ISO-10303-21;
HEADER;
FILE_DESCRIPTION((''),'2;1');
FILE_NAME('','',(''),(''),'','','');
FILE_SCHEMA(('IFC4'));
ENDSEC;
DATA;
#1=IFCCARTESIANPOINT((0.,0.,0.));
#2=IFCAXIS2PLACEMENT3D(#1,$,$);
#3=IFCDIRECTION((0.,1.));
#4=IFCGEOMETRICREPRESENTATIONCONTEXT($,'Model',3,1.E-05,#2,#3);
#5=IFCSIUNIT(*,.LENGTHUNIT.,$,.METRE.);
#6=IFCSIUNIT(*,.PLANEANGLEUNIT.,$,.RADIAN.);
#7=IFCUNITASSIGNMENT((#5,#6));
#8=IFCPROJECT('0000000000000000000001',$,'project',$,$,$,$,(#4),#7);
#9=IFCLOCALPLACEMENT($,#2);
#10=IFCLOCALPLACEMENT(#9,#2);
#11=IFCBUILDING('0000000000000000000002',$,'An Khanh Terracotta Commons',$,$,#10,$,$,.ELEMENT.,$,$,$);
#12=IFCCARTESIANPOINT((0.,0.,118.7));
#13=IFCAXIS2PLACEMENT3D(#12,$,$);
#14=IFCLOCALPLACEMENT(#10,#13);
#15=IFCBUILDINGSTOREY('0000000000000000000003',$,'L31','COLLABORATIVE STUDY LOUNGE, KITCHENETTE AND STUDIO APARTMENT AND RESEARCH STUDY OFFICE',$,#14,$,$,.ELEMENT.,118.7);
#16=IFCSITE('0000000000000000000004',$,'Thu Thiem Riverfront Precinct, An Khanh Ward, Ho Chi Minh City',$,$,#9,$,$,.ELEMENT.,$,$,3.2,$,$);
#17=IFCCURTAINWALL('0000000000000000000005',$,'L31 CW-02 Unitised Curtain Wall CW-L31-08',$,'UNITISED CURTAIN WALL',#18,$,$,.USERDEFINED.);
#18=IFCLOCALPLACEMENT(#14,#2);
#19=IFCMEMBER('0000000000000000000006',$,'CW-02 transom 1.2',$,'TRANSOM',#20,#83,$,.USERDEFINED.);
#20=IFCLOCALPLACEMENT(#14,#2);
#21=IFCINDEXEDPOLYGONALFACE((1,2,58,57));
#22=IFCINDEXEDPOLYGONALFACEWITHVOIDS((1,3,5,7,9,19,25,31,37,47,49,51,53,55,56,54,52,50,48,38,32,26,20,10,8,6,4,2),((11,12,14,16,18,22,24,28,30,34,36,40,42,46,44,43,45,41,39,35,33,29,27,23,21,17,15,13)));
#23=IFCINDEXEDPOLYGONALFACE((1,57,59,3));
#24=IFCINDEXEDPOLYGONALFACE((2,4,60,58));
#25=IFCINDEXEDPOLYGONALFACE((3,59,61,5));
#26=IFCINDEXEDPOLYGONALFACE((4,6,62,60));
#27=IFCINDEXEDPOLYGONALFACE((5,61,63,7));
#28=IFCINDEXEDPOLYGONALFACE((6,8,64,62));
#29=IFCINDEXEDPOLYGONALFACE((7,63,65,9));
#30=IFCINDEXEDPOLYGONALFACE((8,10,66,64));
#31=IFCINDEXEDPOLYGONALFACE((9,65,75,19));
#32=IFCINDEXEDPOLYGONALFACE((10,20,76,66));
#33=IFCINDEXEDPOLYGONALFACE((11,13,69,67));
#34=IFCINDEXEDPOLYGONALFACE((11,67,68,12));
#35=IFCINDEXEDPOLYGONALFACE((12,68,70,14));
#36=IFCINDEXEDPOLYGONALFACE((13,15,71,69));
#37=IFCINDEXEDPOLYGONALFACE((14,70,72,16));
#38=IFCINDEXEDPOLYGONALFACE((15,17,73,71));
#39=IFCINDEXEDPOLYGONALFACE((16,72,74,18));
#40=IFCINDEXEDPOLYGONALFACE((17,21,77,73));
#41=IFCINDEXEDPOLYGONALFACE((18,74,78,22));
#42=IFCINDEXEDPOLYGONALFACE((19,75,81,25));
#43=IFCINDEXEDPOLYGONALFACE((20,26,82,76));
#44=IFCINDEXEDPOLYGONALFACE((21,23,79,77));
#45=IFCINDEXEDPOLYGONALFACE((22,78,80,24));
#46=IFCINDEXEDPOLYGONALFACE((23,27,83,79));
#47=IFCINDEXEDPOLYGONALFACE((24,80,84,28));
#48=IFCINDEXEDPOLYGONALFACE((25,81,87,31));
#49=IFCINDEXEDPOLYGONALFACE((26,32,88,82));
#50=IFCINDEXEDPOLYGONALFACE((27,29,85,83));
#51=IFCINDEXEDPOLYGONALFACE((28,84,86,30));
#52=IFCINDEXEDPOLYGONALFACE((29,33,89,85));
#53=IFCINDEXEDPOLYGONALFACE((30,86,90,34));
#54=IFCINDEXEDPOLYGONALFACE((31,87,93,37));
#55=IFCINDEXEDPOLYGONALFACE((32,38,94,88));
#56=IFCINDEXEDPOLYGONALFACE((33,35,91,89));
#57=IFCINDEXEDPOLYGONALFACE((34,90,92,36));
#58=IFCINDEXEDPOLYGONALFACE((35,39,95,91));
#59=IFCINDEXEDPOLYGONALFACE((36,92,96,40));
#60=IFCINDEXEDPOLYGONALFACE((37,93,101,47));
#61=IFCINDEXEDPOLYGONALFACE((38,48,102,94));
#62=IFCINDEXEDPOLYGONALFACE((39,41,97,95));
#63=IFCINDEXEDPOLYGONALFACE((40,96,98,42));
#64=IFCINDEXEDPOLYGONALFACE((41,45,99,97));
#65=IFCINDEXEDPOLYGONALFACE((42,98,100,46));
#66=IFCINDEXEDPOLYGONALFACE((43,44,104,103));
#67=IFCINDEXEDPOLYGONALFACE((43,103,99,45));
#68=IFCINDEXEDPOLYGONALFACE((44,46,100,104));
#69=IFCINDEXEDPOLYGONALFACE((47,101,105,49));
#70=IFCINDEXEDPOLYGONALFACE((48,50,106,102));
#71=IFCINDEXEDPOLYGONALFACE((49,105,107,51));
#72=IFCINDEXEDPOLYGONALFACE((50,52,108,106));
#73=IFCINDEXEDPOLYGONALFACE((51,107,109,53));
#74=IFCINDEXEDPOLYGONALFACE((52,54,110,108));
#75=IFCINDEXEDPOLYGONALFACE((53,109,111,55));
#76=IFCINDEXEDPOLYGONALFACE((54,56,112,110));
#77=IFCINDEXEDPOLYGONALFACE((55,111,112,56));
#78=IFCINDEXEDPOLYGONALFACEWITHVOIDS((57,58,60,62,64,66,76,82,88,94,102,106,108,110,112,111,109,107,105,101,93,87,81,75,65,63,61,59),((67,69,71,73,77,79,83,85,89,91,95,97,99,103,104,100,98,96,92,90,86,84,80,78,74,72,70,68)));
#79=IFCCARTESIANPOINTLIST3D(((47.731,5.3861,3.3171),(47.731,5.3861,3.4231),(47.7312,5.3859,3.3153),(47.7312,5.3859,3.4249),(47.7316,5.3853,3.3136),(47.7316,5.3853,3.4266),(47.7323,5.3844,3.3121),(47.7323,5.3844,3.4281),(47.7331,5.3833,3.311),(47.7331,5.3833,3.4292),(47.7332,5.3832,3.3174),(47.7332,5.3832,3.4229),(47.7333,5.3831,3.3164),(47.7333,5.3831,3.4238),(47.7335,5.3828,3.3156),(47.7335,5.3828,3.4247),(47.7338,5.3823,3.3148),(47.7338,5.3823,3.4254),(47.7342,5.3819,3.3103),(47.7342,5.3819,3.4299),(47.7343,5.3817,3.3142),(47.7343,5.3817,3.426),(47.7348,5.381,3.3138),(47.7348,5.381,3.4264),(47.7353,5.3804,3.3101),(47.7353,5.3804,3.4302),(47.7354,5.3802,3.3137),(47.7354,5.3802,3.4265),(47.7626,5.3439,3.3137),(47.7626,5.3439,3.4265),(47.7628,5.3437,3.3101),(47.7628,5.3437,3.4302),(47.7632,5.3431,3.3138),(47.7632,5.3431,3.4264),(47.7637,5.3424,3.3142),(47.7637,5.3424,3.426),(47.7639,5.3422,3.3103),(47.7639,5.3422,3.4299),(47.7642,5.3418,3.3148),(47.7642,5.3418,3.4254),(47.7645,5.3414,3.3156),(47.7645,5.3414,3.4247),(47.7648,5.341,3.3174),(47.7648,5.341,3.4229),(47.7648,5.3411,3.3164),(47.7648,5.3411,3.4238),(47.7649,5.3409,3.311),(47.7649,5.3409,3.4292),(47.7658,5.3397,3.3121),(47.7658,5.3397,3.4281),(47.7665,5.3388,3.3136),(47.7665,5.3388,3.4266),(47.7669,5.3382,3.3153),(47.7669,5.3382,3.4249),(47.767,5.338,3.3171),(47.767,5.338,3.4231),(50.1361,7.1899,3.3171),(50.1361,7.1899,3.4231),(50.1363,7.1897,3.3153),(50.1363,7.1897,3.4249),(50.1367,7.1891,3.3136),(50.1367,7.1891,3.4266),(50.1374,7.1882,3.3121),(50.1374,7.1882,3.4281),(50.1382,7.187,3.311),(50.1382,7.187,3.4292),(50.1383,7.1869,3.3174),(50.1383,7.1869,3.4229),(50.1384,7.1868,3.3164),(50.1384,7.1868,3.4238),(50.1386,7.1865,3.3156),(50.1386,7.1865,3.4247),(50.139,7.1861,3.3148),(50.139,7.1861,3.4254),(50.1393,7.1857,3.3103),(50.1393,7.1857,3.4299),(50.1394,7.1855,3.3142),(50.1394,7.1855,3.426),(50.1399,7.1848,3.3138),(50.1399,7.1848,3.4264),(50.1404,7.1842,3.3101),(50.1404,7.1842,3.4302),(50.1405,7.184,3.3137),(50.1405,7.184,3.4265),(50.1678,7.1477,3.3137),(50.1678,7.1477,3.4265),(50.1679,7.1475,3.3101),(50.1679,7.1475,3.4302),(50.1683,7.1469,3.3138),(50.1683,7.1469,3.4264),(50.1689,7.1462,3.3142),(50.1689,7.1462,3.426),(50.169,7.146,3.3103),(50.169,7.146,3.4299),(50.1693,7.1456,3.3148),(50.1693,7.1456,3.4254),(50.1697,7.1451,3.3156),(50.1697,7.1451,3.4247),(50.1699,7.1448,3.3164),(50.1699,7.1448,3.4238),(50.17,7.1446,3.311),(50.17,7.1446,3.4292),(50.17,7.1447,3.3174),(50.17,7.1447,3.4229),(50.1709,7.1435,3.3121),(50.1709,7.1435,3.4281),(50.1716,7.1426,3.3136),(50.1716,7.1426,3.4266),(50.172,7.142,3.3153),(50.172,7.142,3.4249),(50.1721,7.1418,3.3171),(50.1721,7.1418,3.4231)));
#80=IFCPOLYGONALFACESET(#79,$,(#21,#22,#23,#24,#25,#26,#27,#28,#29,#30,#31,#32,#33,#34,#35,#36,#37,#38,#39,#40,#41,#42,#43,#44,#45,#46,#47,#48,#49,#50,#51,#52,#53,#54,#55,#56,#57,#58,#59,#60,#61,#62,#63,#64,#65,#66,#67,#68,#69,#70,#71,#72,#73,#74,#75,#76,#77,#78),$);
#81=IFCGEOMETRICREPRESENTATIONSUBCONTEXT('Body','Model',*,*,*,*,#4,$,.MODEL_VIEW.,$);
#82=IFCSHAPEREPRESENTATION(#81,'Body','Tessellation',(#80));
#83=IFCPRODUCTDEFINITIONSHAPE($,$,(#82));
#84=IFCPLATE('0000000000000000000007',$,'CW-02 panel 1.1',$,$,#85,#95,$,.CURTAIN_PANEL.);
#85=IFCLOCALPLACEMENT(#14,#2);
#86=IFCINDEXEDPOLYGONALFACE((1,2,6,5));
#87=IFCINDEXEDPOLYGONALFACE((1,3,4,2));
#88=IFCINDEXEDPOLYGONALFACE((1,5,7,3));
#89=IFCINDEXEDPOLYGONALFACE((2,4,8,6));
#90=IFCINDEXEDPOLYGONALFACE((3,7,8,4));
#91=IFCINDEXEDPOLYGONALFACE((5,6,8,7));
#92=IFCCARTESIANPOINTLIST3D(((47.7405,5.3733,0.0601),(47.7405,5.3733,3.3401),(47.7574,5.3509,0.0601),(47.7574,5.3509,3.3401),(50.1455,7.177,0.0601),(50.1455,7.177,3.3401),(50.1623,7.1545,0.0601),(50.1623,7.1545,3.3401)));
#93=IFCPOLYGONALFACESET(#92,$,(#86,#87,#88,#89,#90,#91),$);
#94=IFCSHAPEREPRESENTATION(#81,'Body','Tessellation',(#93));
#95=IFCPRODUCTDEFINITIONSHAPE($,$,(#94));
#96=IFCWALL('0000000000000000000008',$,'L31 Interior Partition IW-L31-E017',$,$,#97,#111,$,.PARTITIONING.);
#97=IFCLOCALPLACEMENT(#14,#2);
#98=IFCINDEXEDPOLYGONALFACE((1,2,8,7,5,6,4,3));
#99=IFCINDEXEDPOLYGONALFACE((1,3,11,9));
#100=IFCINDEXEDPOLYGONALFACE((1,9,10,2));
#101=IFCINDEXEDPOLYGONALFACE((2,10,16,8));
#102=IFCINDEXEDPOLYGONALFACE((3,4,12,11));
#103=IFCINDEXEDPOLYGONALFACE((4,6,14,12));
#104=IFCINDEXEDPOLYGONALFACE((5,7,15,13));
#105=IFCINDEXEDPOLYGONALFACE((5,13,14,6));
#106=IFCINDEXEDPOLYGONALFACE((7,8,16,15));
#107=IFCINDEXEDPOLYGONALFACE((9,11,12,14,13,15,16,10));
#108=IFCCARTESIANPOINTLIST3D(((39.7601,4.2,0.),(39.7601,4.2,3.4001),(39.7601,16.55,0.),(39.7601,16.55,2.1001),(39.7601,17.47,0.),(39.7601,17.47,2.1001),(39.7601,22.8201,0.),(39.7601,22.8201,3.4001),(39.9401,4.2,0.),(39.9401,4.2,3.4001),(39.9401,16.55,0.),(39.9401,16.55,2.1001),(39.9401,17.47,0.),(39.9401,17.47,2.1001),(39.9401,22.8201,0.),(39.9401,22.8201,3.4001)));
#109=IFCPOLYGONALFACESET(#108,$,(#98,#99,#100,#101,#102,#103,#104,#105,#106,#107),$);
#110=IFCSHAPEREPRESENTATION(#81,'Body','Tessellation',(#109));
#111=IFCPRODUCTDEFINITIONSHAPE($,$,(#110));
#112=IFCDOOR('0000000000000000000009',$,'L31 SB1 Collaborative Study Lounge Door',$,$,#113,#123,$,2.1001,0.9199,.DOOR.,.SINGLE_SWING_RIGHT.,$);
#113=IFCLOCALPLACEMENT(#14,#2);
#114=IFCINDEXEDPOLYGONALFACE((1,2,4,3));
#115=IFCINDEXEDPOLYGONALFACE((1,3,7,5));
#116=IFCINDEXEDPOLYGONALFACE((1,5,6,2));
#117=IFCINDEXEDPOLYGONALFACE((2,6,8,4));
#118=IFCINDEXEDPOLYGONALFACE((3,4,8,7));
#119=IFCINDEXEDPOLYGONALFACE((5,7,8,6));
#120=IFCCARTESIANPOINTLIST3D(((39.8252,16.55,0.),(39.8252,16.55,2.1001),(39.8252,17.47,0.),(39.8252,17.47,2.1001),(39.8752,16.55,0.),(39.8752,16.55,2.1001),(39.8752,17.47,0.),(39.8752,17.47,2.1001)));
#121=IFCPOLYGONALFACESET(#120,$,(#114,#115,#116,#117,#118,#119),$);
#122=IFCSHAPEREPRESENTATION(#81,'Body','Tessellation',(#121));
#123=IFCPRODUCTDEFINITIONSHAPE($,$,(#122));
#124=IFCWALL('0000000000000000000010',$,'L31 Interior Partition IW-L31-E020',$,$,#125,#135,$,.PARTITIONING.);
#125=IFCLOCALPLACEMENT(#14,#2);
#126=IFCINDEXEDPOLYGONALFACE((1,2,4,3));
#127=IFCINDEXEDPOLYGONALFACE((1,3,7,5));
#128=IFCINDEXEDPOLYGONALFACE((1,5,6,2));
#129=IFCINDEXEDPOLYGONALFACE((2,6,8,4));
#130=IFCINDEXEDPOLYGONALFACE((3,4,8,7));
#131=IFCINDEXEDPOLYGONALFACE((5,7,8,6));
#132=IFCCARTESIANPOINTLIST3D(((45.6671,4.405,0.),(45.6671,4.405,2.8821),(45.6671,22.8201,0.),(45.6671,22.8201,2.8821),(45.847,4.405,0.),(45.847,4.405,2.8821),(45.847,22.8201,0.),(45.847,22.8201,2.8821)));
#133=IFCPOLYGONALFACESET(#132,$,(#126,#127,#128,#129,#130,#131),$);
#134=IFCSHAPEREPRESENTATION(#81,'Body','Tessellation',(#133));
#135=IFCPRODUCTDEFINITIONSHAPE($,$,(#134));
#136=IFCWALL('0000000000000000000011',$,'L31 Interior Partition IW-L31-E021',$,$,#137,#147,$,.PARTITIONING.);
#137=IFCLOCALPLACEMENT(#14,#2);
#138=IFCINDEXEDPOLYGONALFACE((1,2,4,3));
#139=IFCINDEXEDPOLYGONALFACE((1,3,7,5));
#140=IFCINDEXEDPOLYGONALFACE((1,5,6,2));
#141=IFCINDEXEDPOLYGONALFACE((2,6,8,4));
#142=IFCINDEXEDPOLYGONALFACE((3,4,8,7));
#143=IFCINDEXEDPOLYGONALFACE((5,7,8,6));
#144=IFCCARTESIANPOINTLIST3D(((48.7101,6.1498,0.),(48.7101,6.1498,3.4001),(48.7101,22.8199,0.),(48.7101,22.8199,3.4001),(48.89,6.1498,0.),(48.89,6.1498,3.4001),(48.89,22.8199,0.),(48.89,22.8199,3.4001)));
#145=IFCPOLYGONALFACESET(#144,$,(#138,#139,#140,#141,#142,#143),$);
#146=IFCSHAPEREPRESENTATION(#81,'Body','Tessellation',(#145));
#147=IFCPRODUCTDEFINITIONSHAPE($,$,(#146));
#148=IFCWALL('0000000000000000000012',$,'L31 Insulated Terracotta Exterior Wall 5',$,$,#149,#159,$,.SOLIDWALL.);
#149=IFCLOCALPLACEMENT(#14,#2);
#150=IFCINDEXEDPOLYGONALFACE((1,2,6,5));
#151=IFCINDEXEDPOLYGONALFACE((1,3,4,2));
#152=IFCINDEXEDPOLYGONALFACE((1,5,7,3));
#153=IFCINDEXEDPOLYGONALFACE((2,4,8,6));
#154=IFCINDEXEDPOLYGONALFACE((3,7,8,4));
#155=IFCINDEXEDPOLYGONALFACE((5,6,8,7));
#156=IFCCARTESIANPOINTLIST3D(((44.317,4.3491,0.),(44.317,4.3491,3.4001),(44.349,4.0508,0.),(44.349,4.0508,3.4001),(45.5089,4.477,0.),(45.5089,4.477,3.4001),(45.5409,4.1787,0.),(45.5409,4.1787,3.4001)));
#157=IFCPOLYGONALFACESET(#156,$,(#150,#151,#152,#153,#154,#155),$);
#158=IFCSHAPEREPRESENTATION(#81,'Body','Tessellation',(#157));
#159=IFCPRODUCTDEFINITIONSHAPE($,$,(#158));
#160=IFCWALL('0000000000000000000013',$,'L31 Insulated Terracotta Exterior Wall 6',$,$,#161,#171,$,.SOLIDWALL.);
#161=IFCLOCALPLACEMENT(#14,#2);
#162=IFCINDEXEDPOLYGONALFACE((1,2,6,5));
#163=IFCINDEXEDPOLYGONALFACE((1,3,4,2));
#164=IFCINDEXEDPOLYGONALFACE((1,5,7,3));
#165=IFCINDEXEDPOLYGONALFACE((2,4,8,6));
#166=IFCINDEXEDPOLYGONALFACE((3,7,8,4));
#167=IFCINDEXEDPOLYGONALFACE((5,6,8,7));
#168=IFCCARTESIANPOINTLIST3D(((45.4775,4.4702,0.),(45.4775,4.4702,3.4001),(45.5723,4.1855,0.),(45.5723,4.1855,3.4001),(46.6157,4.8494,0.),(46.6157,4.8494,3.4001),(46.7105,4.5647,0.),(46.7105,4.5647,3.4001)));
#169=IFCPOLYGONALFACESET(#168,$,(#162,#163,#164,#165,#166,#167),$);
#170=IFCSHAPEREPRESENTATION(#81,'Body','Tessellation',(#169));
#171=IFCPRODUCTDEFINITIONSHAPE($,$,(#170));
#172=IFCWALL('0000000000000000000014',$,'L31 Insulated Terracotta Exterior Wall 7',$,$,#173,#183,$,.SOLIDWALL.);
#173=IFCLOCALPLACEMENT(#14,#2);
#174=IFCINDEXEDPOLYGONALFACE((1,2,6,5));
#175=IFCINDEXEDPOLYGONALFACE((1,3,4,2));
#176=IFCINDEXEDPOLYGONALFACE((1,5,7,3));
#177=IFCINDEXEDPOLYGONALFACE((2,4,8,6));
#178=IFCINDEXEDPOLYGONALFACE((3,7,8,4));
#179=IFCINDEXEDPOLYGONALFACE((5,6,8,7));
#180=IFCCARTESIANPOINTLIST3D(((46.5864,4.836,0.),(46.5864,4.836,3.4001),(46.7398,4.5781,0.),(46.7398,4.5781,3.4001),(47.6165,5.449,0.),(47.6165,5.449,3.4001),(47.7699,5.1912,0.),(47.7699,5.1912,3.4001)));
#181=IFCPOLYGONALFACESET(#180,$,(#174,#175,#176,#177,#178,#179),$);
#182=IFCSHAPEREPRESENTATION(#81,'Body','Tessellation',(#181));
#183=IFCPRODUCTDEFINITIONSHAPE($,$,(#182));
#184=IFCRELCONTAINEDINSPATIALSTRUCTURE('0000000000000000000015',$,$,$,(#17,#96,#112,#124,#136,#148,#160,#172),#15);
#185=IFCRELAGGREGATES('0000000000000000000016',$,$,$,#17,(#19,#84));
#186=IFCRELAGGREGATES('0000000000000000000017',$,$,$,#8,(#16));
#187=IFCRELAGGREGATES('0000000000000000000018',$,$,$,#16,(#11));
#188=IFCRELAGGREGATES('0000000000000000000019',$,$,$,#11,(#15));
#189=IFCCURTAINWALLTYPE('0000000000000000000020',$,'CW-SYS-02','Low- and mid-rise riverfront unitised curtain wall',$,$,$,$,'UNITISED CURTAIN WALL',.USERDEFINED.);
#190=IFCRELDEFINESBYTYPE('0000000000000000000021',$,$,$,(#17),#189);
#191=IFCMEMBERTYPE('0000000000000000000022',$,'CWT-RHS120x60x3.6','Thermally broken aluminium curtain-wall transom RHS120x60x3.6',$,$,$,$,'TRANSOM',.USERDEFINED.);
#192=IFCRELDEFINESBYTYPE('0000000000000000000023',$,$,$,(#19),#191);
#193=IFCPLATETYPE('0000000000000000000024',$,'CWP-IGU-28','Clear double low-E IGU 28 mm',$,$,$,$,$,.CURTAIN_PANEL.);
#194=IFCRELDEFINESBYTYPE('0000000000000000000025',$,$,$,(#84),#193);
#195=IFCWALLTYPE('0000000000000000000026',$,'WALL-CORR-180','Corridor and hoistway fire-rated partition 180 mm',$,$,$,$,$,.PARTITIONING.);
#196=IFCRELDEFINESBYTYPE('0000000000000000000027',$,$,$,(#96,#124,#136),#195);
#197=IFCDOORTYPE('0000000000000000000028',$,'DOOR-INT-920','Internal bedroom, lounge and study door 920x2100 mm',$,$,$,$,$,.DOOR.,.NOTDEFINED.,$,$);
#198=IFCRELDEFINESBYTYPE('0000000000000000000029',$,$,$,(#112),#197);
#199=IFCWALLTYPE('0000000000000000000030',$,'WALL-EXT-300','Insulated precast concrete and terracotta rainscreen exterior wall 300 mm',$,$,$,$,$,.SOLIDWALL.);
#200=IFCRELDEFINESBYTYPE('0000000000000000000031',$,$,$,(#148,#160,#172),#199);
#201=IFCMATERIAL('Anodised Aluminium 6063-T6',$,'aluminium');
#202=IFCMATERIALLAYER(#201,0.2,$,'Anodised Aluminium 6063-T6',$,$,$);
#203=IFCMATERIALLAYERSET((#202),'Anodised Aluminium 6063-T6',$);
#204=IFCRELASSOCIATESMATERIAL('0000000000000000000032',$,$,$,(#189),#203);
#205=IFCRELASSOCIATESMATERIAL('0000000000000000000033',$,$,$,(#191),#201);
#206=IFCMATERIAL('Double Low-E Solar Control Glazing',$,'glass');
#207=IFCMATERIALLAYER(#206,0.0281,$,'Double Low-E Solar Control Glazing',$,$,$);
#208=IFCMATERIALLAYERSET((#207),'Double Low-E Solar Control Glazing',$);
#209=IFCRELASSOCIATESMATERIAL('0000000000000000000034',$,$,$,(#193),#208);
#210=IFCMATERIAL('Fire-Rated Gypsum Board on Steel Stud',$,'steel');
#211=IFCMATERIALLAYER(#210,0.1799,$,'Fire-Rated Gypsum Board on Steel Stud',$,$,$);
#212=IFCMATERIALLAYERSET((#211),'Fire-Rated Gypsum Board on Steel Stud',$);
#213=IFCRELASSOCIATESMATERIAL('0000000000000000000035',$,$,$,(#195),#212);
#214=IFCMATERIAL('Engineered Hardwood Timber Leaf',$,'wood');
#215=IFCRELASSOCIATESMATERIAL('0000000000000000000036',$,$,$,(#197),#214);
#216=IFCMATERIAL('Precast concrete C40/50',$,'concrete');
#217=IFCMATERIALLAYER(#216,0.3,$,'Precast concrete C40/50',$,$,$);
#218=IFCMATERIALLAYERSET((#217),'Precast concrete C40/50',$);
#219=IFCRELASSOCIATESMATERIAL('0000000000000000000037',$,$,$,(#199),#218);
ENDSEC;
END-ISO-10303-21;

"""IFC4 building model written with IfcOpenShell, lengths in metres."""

from ifc_helpers import new_model, si_unit, direction, frame, frame_2d, origin, origin_2d, place, context, subcontext, project, spatial, rectangle, hollow_rectangle, extrude, material, layer, layer_set, material_profile, profile_set, type_object, element, fill, aggregate, save


model = new_model("IFC4")

# Units and contexts
model_context = context("Model", 3, precision=1e-05, world=origin(), true_north=direction((0.0, 1.0)))
body_context = subcontext(model_context, "Body", "Model", "MODEL_VIEW")
ifc_project = project(units=[si_unit("LENGTHUNIT", "METRE"), si_unit("PLANEANGLEUNIT", "RADIAN")], contexts=[model_context])

# Site, building, storey
site_placement = place(None, origin())
site = spatial("IfcSite", under=ifc_project, at=site_placement, Name="Thu Thiem Riverfront Precinct, An Khanh Ward, Ho Chi Minh City", CompositionType="ELEMENT", RefElevation=3.2)
building_placement = place(site_placement, origin())
building = spatial("IfcBuilding", under=site, at=building_placement, Name="An Khanh Terracotta Commons", CompositionType="ELEMENT")
storey_placement = place(building_placement, frame((0.0, 0.0, 118.7)))
storey = spatial("IfcBuildingStorey", under=building, at=storey_placement, Name="L31", Description="COLLABORATIVE STUDY LOUNGE, KITCHENETTE AND STUDIO APARTMENT AND RESEARCH STUDY OFFICE", CompositionType="ELEMENT", Elevation=118.7)

# Curtain wall, member, plate
ifc_material_1 = material(Name="Anodised Aluminium 6063-T6", Category="aluminium")
ifc_layer_1 = layer(ifc_material_1, 0.2, Name="Anodised Aluminium 6063-T6")
ifc_layer_set_1 = layer_set([ifc_layer_1], Name="Anodised Aluminium 6063-T6")
curtain_wall_type = type_object("IfcCurtainWallType", Name="CW-SYS-02", Description="Low- and mid-rise riverfront unitised curtain wall", ElementType="UNITISED CURTAIN WALL", PredefinedType="USERDEFINED", material=ifc_layer_set_1)
curtain_wall_placement = place(storey_placement, origin())
curtain_wall = element("IfcCurtainWall", 1, at=curtain_wall_placement, inside=storey, type_object=curtain_wall_type, Name="L31 CW-02 Unitised Curtain Wall CW-L31-08", ObjectType="UNITISED CURTAIN WALL", PredefinedType="USERDEFINED")
ifc_material_profile_1 = material_profile(ifc_material_1, hollow_rectangle(XDim=0.0601, YDim=0.1201, WallThickness=0.0037, InnerFilletRadius=0.0037, OuterFilletRadius=0.0071, at=origin_2d()), Name="RHS120x60x3.6")
ifc_profile_set_1 = profile_set([ifc_material_profile_1], Name="Anodised Aluminium 6063-T6")
member_type_1 = type_object("IfcMemberType", Name="CWT-RHS120x60x3.6", Description="Thermally broken aluminium curtain-wall transom RHS120x60x3.6", ElementType="TRANSOM", PredefinedType="USERDEFINED", material=ifc_profile_set_1)
member_1_placement = place(storey_placement, frame((47.749, 5.3621, 3.3701), z_axis=(0.80001, 0.599987, 0.0), x_axis=(-0.599987, 0.80001, 0.0)))
member_1 = element("IfcMember", 2, at=member_1_placement, type_object=member_type_1, Name="CW-02 transom 1.2", ObjectType="TRANSOM", PredefinedType="USERDEFINED", context=body_context, shape_type="SweptSolid", body=[
    extrude(hollow_rectangle(XDim=0.0601, YDim=0.1201, WallThickness=0.0037, InnerFilletRadius=0.0037, OuterFilletRadius=0.0071, at=origin_2d()), origin(), (0.0, 0.0, 1.0), 3.0063),
])
ifc_material_2 = material(Name="Double Low-E Solar Control Glazing", Category="glass")
ifc_layer_2 = layer(ifc_material_2, 0.0281, Name="Double Low-E Solar Control Glazing")
ifc_layer_set_2 = layer_set([ifc_layer_2], Name="Double Low-E Solar Control Glazing")
plate_type = type_object("IfcPlateType", Name="CWP-IGU-28", Description="Clear double low-E IGU 28 mm", PredefinedType="CURTAIN_PANEL", material=ifc_layer_set_2)
plate_placement = place(storey_placement, frame((48.9514, 6.2639, 0.0601), z_axis=(0.0, 0.0, 1.0), x_axis=(0.800013, 0.599983, 0.0)))
plate = element("IfcPlate", 3, at=plate_placement, type_object=plate_type, Name="CW-02 panel 1.1", PredefinedType="CURTAIN_PANEL", context=body_context, shape_type="SweptSolid", body=[
    extrude(rectangle(XDim=3.0061, YDim=0.0281, at=origin_2d()), origin(), (0.0, 0.0, 1.0), 3.28),
])
aggregate(curtain_wall, [member_1, plate])

# Wall, opening, door
ifc_material_3 = material(Name="Fire-Rated Gypsum Board on Steel Stud", Category="steel")
ifc_layer_3 = layer(ifc_material_3, 0.1799, Name="Fire-Rated Gypsum Board on Steel Stud")
ifc_layer_set_3 = layer_set([ifc_layer_3], Name="Fire-Rated Gypsum Board on Steel Stud")
wall_type_1 = type_object("IfcWallType", Name="WALL-CORR-180", Description="Corridor and hoistway fire-rated partition 180 mm", PredefinedType="PARTITIONING", material=ifc_layer_set_3)
wall_1_placement = place(storey_placement, frame((39.8501, 4.2, 0.0), z_axis=(0.0, 0.0, 1.0), x_axis=(0.0, 1.0, 0.0)))
wall_1 = element("IfcWall", 4, at=wall_1_placement, inside=storey, type_object=wall_type_1, Name="L31 Interior Partition IW-L31-E017", PredefinedType="PARTITIONING", context=body_context, shape_type="SweptSolid", body=[
    extrude(rectangle(XDim=18.6201, YDim=0.1799, at=frame_2d((9.3101, 0.0))), origin(), (0.0, 0.0, 1.0), 3.4001),
])
opening_placement = place(wall_1_placement, frame((12.3501, 0.0, 0.0)))
opening = element("IfcOpeningElement", 5, at=opening_placement, cuts=wall_1, PredefinedType="OPENING", context=body_context, shape_type="SweptSolid", body=[
    extrude(rectangle(XDim=0.9199, YDim=2.1001, at=frame_2d((0.46, 1.05))), frame((0.0, 0.0999, 0.0), z_axis=(0.0, -1.0, 0.0), x_axis=(1.0, 0.0, 0.0)), (0.0, 0.0, 1.0), 0.2),
])
ifc_material_4 = material(Name="Engineered Hardwood Timber Leaf", Category="wood")
door_type = type_object("IfcDoorType", Name="DOOR-INT-920", Description="Internal bedroom, lounge and study door 920x2100 mm", OperationType="NOTDEFINED", PredefinedType="DOOR", material=ifc_material_4)
door_placement = place(opening_placement, origin())
door = element("IfcDoor", 6, at=door_placement, inside=storey, type_object=door_type, Name="L31 SB1 Collaborative Study Lounge Door", OperationType="SINGLE_SWING_RIGHT", OverallHeight=2.1001, OverallWidth=0.9199, PredefinedType="DOOR", context=body_context, shape_type="SweptSolid", body=[
    extrude(rectangle(XDim=0.9199, YDim=2.1001, at=frame_2d((0.46, 1.05))), frame((0.0, 0.0249, 0.0), z_axis=(0.0, -1.0, 0.0), x_axis=(1.0, 0.0, 0.0)), (0.0, 0.0, 1.0), 0.05),
])
fill(opening, door)

# Walls
wall_2_placement = place(storey_placement, frame((45.7571, 4.405, 0.0), z_axis=(0.0, 0.0, 1.0), x_axis=(0.0, 1.0, 0.0)))
element("IfcWall", 7, at=wall_2_placement, inside=storey, type_object=wall_type_1, Name="L31 Interior Partition IW-L31-E020", PredefinedType="PARTITIONING", context=body_context, shape_type="SweptSolid", body=[
    extrude(rectangle(XDim=18.415, YDim=0.1799, at=frame_2d((9.2075, 0.0))), origin(), (0.0, 0.0, 1.0), 2.8821),
])
wall_3_placement = place(storey_placement, frame((48.8, 6.1499, 0.0), z_axis=(0.0, 0.0, 1.0), x_axis=(0.0, 1.0, 0.0)))
element("IfcWall", 8, at=wall_3_placement, inside=storey, type_object=wall_type_1, Name="L31 Interior Partition IW-L31-E021", PredefinedType="PARTITIONING", context=body_context, shape_type="SweptSolid", body=[
    extrude(rectangle(XDim=16.6702, YDim=0.1799, at=frame_2d((8.335, 0.0))), origin(), (0.0, 0.0, 1.0), 3.4001),
])
ifc_material_5 = material(Name="Precast concrete C40/50", Category="concrete")
ifc_layer_4 = layer(ifc_material_5, 0.3, Name="Precast concrete C40/50")
ifc_layer_set_4 = layer_set([ifc_layer_4], Name="Precast concrete C40/50")
wall_type_2 = type_object("IfcWallType", Name="WALL-EXT-300", Description="Insulated precast concrete and terracotta rainscreen exterior wall 300 mm", PredefinedType="SOLIDWALL", material=ifc_layer_set_4)
wall_4_placement = place(storey_placement, frame((44.333, 4.2, 0.0), z_axis=(0.0, 0.0, 1.0), x_axis=(0.994289, 0.10672, 0.0)))
element("IfcWall", 9, at=wall_4_placement, inside=storey, type_object=wall_type_2, Name="L31 Insulated Terracotta Exterior Wall 5", PredefinedType="SOLIDWALL", context=body_context, shape_type="SweptSolid", body=[
    extrude(rectangle(XDim=1.1987, YDim=0.3, at=frame_2d((0.5994, 0.0))), origin(), (0.0, 0.0, 1.0), 3.4001),
])
wall_5_placement = place(storey_placement, frame((45.5249, 4.3279, 0.0), z_axis=(0.0, 0.0, 1.0), x_axis=(0.948744, 0.316045, 0.0)))
element("IfcWall", 10, at=wall_5_placement, inside=storey, type_object=wall_type_2, Name="L31 Insulated Terracotta Exterior Wall 6", PredefinedType="SOLIDWALL", context=body_context, shape_type="SweptSolid", body=[
    extrude(rectangle(XDim=1.1997, YDim=0.3, at=frame_2d((0.5999, 0.0))), origin(), (0.0, 0.0, 1.0), 3.4001),
])
wall_6_placement = place(storey_placement, frame((46.6631, 4.707, 0.0), z_axis=(0.0, 0.0, 1.0), x_axis=(0.859321, 0.511437, 0.0)))
element("IfcWall", 11, at=wall_6_placement, inside=storey, type_object=wall_type_2, Name="L31 Insulated Terracotta Exterior Wall 7", PredefinedType="SOLIDWALL", context=body_context, shape_type="SweptSolid", body=[
    extrude(rectangle(XDim=1.1987, YDim=0.3, at=frame_2d((0.5994, 0.0))), origin(), (0.0, 0.0, 1.0), 3.4001),
])

save(model, "model.ifc")
